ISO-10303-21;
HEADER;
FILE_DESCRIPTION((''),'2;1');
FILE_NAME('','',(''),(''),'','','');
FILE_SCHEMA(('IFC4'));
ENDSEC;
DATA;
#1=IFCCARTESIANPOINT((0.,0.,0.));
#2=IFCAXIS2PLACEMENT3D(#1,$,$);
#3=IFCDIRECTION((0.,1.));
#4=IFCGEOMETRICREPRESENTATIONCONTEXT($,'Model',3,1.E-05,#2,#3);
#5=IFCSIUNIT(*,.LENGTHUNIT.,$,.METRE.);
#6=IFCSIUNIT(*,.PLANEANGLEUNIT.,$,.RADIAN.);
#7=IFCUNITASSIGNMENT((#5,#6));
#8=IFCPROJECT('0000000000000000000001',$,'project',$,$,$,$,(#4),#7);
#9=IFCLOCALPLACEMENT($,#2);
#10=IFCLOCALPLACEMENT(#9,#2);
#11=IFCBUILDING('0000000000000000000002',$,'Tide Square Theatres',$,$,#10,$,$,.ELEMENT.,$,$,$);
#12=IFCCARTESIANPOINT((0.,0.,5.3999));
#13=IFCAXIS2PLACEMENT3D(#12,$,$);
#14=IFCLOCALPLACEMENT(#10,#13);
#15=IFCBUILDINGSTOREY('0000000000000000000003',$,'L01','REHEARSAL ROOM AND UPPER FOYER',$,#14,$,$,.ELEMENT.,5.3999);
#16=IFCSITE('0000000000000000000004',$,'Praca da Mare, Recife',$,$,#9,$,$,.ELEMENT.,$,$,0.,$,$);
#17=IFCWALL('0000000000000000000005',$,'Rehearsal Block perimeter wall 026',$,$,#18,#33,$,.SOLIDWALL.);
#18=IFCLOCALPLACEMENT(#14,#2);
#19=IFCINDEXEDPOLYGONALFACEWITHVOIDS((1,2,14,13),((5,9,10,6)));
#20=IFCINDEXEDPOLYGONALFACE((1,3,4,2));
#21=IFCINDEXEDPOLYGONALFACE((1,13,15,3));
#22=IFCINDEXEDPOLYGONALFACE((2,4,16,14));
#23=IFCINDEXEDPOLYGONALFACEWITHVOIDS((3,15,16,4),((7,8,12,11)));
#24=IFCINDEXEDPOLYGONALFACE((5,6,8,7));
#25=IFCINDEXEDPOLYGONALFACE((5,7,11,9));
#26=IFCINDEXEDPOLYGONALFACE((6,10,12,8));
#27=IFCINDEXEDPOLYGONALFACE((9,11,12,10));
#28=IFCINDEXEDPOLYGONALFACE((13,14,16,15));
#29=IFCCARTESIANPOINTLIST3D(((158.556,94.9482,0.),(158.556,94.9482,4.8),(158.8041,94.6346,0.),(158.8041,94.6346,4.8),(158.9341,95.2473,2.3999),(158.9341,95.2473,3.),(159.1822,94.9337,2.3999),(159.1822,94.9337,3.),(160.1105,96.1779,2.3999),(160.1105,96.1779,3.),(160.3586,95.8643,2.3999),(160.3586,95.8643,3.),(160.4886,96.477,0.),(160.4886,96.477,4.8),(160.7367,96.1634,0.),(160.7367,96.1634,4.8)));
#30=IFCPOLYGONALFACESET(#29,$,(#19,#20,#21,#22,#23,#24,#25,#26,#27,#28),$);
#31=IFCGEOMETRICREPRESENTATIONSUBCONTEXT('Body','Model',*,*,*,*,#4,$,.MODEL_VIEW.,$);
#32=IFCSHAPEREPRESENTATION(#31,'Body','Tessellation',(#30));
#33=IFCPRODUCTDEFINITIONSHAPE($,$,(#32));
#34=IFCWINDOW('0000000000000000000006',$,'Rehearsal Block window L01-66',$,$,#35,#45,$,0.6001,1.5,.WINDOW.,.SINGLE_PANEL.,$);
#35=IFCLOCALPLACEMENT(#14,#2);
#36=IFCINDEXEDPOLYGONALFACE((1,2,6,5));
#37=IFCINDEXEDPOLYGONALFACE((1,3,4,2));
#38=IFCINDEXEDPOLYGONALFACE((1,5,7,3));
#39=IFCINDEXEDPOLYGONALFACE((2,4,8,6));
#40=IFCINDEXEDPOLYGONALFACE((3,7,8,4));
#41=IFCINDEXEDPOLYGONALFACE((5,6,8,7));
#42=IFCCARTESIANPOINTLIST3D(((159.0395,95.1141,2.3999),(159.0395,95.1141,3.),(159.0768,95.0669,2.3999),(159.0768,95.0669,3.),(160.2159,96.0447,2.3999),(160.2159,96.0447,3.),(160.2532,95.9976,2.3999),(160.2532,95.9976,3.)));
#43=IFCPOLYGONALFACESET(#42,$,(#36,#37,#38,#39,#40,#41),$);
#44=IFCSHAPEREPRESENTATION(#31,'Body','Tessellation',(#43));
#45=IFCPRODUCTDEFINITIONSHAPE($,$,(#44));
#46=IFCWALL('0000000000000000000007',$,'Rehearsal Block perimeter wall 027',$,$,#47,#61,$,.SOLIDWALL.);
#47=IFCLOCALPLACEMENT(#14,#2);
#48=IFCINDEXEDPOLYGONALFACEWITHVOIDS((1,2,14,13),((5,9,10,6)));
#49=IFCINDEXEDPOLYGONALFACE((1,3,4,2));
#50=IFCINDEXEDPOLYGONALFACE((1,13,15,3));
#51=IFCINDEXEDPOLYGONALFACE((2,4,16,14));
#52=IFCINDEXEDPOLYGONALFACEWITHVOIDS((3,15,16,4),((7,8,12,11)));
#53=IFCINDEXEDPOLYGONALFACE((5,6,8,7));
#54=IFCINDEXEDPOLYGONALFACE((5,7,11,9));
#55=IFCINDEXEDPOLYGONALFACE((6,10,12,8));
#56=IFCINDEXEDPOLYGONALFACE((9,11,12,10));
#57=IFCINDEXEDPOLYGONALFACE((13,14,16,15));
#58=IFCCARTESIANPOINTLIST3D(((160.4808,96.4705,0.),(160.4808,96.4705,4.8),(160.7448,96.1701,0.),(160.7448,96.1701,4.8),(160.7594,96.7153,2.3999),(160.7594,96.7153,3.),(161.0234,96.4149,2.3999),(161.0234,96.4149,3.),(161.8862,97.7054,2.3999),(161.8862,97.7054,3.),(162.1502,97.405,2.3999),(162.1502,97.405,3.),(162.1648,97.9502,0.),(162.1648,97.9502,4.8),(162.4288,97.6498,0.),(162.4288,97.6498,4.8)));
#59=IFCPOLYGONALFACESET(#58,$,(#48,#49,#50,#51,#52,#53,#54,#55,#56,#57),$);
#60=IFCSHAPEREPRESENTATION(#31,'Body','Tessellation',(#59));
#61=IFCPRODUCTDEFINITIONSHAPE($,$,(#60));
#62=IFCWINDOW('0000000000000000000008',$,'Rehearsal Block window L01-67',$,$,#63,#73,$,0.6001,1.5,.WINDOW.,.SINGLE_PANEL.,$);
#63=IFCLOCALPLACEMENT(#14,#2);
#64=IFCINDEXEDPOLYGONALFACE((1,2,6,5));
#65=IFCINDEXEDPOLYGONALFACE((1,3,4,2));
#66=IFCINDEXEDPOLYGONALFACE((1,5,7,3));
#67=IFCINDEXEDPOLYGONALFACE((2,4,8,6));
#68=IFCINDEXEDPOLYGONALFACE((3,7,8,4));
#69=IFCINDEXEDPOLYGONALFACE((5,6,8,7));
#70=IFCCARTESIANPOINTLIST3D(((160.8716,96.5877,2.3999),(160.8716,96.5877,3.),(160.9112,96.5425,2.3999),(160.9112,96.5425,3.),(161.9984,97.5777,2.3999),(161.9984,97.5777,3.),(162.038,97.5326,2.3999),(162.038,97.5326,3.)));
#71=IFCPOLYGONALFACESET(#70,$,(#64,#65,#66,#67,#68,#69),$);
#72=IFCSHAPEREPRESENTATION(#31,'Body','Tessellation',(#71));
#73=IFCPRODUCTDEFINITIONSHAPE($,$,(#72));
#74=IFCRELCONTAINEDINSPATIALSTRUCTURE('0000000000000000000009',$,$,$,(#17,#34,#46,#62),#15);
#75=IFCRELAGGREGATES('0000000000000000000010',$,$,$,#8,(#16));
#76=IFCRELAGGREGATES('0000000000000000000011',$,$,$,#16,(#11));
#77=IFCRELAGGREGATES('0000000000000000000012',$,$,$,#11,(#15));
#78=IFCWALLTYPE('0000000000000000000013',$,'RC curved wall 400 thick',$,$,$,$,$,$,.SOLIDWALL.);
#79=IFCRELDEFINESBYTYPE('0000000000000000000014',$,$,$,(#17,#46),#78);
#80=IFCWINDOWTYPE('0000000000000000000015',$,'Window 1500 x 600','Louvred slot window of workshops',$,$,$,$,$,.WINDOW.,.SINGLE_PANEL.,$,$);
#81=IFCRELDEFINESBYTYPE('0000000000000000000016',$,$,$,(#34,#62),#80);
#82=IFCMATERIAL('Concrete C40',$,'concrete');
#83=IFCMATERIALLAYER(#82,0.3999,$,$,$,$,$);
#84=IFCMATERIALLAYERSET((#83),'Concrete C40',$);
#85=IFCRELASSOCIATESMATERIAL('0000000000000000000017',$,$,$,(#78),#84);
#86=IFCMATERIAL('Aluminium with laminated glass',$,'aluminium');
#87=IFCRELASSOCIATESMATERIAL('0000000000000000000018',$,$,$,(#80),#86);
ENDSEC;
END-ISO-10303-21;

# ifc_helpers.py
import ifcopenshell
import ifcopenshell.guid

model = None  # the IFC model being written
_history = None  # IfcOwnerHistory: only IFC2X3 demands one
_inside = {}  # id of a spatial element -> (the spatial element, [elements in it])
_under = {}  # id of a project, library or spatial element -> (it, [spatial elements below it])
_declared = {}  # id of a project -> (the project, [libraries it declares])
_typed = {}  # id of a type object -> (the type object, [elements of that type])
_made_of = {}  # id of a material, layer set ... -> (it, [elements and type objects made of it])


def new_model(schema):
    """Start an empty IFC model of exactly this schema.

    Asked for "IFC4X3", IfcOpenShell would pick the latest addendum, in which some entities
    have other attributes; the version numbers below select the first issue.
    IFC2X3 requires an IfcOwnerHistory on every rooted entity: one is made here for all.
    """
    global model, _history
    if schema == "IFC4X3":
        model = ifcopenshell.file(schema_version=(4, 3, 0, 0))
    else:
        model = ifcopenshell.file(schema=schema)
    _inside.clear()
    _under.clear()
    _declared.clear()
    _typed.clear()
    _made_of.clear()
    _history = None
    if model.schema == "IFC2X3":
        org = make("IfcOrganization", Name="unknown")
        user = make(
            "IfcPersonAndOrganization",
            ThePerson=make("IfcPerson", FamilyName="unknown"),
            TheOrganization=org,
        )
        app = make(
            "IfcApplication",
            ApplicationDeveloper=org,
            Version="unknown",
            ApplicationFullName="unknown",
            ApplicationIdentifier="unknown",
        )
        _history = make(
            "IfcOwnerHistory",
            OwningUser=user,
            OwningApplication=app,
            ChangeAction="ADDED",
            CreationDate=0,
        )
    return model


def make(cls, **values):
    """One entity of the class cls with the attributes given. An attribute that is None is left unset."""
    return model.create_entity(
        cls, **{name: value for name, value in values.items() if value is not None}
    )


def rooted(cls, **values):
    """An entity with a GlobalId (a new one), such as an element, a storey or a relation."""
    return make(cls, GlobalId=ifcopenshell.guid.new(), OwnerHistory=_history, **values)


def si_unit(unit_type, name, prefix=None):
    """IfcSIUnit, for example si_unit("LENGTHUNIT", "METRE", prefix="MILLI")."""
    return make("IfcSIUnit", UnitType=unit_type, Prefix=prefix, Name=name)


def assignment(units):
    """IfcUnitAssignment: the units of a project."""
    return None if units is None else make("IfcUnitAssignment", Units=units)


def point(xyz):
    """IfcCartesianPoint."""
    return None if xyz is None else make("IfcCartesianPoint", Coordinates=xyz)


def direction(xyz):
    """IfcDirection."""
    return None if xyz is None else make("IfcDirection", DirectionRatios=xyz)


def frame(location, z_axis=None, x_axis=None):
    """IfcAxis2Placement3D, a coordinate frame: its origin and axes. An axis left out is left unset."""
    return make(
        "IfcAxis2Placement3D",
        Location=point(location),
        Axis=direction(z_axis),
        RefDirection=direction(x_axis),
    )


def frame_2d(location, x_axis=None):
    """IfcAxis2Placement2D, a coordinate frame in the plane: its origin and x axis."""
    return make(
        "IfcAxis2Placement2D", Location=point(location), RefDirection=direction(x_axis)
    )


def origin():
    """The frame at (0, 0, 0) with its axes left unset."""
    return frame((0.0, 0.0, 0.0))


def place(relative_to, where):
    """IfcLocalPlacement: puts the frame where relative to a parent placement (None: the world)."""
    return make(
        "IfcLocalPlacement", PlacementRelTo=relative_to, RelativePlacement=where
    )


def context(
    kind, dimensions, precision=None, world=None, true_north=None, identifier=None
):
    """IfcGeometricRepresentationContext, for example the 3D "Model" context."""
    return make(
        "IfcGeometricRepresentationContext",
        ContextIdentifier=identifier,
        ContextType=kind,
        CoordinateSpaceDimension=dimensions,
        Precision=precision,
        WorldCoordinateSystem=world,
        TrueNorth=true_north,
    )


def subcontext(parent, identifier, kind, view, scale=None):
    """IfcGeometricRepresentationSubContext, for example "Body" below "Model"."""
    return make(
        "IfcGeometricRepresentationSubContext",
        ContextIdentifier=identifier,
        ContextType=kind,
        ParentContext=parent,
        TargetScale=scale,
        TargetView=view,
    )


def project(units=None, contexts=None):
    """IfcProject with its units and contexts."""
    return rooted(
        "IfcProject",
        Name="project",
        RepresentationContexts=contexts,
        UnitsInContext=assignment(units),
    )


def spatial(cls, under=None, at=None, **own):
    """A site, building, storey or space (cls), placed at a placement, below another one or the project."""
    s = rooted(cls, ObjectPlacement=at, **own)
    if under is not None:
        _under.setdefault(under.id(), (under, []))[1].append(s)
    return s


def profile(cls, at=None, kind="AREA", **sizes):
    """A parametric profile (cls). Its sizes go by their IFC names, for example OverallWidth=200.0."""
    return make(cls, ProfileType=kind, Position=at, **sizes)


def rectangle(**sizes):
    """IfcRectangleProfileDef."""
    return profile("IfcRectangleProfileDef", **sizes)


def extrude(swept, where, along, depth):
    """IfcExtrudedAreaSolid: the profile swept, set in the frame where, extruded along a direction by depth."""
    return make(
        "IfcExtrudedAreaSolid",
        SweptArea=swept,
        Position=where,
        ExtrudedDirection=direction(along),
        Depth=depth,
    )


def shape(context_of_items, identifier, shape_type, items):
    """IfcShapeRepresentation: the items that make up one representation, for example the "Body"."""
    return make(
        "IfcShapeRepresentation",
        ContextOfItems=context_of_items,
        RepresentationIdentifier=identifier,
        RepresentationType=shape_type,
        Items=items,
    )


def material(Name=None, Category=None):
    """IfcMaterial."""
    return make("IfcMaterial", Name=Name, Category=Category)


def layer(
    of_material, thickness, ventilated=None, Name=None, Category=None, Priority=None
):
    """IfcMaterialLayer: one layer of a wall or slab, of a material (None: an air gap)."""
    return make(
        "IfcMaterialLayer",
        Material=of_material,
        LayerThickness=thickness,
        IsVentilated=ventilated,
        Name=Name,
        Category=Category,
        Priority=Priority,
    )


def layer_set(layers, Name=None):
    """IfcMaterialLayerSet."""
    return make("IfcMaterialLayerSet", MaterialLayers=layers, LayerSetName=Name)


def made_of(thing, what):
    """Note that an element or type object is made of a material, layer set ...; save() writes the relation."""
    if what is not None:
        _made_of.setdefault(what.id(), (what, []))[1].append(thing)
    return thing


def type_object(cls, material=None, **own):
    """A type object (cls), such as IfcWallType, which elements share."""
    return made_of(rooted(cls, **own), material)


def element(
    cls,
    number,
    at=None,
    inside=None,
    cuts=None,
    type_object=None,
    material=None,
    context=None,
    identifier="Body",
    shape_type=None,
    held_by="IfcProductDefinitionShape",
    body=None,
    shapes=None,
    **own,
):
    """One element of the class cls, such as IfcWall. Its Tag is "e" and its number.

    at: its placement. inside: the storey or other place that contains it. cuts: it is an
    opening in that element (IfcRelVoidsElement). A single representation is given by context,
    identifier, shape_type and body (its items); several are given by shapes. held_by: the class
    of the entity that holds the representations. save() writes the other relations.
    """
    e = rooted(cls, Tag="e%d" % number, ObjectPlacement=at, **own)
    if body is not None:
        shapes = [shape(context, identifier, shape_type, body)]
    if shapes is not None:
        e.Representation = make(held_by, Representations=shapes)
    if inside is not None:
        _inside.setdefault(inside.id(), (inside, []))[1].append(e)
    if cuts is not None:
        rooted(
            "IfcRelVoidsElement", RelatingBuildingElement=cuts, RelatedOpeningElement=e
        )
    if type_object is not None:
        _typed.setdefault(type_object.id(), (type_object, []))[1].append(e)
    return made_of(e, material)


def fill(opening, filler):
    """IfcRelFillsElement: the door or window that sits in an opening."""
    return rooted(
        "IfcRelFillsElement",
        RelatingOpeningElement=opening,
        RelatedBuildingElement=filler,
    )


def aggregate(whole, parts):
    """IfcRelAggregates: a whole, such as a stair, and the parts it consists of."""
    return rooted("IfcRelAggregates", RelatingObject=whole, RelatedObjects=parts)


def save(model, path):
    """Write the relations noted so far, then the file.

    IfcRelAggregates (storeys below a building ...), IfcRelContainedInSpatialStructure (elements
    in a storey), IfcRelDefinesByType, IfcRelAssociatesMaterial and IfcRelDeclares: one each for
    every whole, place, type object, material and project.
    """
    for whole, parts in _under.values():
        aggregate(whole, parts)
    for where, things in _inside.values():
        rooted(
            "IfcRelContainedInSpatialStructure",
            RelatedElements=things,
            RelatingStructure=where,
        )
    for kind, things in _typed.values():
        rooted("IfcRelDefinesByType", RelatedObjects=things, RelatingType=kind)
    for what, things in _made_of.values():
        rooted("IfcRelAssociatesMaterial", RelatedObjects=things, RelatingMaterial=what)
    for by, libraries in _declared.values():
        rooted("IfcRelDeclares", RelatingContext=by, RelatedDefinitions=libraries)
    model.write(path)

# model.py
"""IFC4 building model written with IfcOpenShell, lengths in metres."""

from ifc_helpers import new_model, si_unit, direction, frame, frame_2d, origin, place, context, subcontext, project, spatial, rectangle, extrude, material, layer, layer_set, type_object, element, fill, save


model = new_model("IFC4")

# Units and contexts
model_context = context("Model", 3, precision=1e-05, world=origin(), true_north=direction((0.0, 1.0)))
body_context = subcontext(model_context, "Body", "Model", "MODEL_VIEW")
ifc_project = project(units=[si_unit("LENGTHUNIT", "METRE"), si_unit("PLANEANGLEUNIT", "RADIAN")], contexts=[model_context])

# Site, building, storey
site_placement = place(None, origin())
site = spatial("IfcSite", under=ifc_project, at=site_placement, Name="Praca da Mare, Recife", CompositionType="ELEMENT", RefElevation=0.0)
building_placement = place(site_placement, origin())
building = spatial("IfcBuilding", under=site, at=building_placement, Name="Tide Square Theatres", CompositionType="ELEMENT")
storey_placement = place(building_placement, frame((0.0, 0.0, 5.3999)))
storey = spatial("IfcBuildingStorey", under=building, at=storey_placement, Name="L01", Description="REHEARSAL ROOM AND UPPER FOYER", CompositionType="ELEMENT", Elevation=5.3999)

# Walls, openings, windows
ifc_material_1 = material(Name="Concrete C40", Category="concrete")
ifc_layer_1 = layer(ifc_material_1, 0.3999)
ifc_layer_set_1 = layer_set([ifc_layer_1], Name="Concrete C40")
wall_type_1 = type_object("IfcWallType", Name="RC curved wall 400 thick", PredefinedType="SOLIDWALL", material=ifc_layer_set_1)
wall_1_placement = place(storey_placement, frame((158.6802, 94.7915, 0.0), z_axis=(0.0, 0.0, 1.0), x_axis=(0.784279, 0.620409, 0.0)))
wall_1 = element("IfcWall", 1, at=wall_1_placement, inside=storey, type_object=wall_type_1, Name="Rehearsal Block perimeter wall 026", PredefinedType="SOLIDWALL", context=body_context, shape_type="SweptSolid", body=[
    extrude(rectangle(XDim=2.4641, YDim=0.3999, at=frame_2d((1.2319, 0.0))), origin(), (0.0, 0.0, 1.0), 4.8),
])
opening_1_placement = place(wall_1_placement, frame((0.4819, 0.0, 2.3999)))
opening_1 = element("IfcOpeningElement", 2, at=opening_1_placement, cuts=wall_1, PredefinedType="OPENING", context=body_context, shape_type="SweptSolid", body=[
    extrude(rectangle(XDim=1.5, YDim=0.6001, at=frame_2d((0.75, 0.3))), frame((0.0, 0.21, 0.0), z_axis=(0.0, -1.0, 0.0), x_axis=(1.0, 0.0, 0.0)), (0.0, 0.0, 1.0), 0.4199),
])
ifc_material_2 = material(Name="Aluminium with laminated glass", Category="aluminium")
window_type = type_object("IfcWindowType", Name="Window 1500 x 600", Description="Louvred slot window of workshops", PartitioningType="SINGLE_PANEL", PredefinedType="WINDOW", material=ifc_material_2)
window_1_placement = place(opening_1_placement, origin())
window_1 = element("IfcWindow", 3, at=window_1_placement, inside=storey, type_object=window_type, Name="Rehearsal Block window L01-66", OverallHeight=0.6001, OverallWidth=1.5, PartitioningType="SINGLE_PANEL", PredefinedType="WINDOW", context=body_context, shape_type="SweptSolid", body=[
    extrude(rectangle(XDim=1.5, YDim=0.6001, at=frame_2d((0.75, 0.3))), frame((0.0, 0.03, 0.0), z_axis=(0.0, -1.0, 0.0), x_axis=(1.0, 0.0, 0.0)), (0.0, 0.0, 1.0), 0.0601),
])
fill(opening_1, window_1)
wall_2_placement = place(storey_placement, frame((160.6128, 96.3203, 0.0), z_axis=(0.0, 0.0, 1.0), x_axis=(0.751212, 0.660061, 0.0)))
wall_2 = element("IfcWall", 4, at=wall_2_placement, inside=storey, type_object=wall_type_1, Name="Rehearsal Block perimeter wall 027", PredefinedType="SOLIDWALL", context=body_context, shape_type="SweptSolid", body=[
    extrude(rectangle(XDim=2.2417, YDim=0.3999, at=frame_2d((1.1208, 0.0))), origin(), (0.0, 0.0, 1.0), 4.8),
])
opening_2_placement = place(wall_2_placement, frame((0.3708, 0.0, 2.3999)))
opening_2 = element("IfcOpeningElement", 5, at=opening_2_placement, cuts=wall_2, PredefinedType="OPENING", context=body_context, shape_type="SweptSolid", body=[
    extrude(rectangle(XDim=1.5, YDim=0.6001, at=frame_2d((0.75, 0.3))), frame((0.0, 0.21, 0.0), z_axis=(0.0, -1.0, 0.0), x_axis=(1.0, 0.0, 0.0)), (0.0, 0.0, 1.0), 0.4199),
])
window_2_placement = place(opening_2_placement, origin())
window_2 = element("IfcWindow", 6, at=window_2_placement, inside=storey, type_object=window_type, Name="Rehearsal Block window L01-67", OverallHeight=0.6001, OverallWidth=1.5, PartitioningType="SINGLE_PANEL", PredefinedType="WINDOW", context=body_context, shape_type="SweptSolid", body=[
    extrude(rectangle(XDim=1.5, YDim=0.6001, at=frame_2d((0.75, 0.3))), frame((0.0, 0.03, 0.0), z_axis=(0.0, -1.0, 0.0), x_axis=(1.0, 0.0, 0.0)), (0.0, 0.0, 1.0), 0.0601),
])
fill(opening_2, window_2)

save(model, "model.ifc")
